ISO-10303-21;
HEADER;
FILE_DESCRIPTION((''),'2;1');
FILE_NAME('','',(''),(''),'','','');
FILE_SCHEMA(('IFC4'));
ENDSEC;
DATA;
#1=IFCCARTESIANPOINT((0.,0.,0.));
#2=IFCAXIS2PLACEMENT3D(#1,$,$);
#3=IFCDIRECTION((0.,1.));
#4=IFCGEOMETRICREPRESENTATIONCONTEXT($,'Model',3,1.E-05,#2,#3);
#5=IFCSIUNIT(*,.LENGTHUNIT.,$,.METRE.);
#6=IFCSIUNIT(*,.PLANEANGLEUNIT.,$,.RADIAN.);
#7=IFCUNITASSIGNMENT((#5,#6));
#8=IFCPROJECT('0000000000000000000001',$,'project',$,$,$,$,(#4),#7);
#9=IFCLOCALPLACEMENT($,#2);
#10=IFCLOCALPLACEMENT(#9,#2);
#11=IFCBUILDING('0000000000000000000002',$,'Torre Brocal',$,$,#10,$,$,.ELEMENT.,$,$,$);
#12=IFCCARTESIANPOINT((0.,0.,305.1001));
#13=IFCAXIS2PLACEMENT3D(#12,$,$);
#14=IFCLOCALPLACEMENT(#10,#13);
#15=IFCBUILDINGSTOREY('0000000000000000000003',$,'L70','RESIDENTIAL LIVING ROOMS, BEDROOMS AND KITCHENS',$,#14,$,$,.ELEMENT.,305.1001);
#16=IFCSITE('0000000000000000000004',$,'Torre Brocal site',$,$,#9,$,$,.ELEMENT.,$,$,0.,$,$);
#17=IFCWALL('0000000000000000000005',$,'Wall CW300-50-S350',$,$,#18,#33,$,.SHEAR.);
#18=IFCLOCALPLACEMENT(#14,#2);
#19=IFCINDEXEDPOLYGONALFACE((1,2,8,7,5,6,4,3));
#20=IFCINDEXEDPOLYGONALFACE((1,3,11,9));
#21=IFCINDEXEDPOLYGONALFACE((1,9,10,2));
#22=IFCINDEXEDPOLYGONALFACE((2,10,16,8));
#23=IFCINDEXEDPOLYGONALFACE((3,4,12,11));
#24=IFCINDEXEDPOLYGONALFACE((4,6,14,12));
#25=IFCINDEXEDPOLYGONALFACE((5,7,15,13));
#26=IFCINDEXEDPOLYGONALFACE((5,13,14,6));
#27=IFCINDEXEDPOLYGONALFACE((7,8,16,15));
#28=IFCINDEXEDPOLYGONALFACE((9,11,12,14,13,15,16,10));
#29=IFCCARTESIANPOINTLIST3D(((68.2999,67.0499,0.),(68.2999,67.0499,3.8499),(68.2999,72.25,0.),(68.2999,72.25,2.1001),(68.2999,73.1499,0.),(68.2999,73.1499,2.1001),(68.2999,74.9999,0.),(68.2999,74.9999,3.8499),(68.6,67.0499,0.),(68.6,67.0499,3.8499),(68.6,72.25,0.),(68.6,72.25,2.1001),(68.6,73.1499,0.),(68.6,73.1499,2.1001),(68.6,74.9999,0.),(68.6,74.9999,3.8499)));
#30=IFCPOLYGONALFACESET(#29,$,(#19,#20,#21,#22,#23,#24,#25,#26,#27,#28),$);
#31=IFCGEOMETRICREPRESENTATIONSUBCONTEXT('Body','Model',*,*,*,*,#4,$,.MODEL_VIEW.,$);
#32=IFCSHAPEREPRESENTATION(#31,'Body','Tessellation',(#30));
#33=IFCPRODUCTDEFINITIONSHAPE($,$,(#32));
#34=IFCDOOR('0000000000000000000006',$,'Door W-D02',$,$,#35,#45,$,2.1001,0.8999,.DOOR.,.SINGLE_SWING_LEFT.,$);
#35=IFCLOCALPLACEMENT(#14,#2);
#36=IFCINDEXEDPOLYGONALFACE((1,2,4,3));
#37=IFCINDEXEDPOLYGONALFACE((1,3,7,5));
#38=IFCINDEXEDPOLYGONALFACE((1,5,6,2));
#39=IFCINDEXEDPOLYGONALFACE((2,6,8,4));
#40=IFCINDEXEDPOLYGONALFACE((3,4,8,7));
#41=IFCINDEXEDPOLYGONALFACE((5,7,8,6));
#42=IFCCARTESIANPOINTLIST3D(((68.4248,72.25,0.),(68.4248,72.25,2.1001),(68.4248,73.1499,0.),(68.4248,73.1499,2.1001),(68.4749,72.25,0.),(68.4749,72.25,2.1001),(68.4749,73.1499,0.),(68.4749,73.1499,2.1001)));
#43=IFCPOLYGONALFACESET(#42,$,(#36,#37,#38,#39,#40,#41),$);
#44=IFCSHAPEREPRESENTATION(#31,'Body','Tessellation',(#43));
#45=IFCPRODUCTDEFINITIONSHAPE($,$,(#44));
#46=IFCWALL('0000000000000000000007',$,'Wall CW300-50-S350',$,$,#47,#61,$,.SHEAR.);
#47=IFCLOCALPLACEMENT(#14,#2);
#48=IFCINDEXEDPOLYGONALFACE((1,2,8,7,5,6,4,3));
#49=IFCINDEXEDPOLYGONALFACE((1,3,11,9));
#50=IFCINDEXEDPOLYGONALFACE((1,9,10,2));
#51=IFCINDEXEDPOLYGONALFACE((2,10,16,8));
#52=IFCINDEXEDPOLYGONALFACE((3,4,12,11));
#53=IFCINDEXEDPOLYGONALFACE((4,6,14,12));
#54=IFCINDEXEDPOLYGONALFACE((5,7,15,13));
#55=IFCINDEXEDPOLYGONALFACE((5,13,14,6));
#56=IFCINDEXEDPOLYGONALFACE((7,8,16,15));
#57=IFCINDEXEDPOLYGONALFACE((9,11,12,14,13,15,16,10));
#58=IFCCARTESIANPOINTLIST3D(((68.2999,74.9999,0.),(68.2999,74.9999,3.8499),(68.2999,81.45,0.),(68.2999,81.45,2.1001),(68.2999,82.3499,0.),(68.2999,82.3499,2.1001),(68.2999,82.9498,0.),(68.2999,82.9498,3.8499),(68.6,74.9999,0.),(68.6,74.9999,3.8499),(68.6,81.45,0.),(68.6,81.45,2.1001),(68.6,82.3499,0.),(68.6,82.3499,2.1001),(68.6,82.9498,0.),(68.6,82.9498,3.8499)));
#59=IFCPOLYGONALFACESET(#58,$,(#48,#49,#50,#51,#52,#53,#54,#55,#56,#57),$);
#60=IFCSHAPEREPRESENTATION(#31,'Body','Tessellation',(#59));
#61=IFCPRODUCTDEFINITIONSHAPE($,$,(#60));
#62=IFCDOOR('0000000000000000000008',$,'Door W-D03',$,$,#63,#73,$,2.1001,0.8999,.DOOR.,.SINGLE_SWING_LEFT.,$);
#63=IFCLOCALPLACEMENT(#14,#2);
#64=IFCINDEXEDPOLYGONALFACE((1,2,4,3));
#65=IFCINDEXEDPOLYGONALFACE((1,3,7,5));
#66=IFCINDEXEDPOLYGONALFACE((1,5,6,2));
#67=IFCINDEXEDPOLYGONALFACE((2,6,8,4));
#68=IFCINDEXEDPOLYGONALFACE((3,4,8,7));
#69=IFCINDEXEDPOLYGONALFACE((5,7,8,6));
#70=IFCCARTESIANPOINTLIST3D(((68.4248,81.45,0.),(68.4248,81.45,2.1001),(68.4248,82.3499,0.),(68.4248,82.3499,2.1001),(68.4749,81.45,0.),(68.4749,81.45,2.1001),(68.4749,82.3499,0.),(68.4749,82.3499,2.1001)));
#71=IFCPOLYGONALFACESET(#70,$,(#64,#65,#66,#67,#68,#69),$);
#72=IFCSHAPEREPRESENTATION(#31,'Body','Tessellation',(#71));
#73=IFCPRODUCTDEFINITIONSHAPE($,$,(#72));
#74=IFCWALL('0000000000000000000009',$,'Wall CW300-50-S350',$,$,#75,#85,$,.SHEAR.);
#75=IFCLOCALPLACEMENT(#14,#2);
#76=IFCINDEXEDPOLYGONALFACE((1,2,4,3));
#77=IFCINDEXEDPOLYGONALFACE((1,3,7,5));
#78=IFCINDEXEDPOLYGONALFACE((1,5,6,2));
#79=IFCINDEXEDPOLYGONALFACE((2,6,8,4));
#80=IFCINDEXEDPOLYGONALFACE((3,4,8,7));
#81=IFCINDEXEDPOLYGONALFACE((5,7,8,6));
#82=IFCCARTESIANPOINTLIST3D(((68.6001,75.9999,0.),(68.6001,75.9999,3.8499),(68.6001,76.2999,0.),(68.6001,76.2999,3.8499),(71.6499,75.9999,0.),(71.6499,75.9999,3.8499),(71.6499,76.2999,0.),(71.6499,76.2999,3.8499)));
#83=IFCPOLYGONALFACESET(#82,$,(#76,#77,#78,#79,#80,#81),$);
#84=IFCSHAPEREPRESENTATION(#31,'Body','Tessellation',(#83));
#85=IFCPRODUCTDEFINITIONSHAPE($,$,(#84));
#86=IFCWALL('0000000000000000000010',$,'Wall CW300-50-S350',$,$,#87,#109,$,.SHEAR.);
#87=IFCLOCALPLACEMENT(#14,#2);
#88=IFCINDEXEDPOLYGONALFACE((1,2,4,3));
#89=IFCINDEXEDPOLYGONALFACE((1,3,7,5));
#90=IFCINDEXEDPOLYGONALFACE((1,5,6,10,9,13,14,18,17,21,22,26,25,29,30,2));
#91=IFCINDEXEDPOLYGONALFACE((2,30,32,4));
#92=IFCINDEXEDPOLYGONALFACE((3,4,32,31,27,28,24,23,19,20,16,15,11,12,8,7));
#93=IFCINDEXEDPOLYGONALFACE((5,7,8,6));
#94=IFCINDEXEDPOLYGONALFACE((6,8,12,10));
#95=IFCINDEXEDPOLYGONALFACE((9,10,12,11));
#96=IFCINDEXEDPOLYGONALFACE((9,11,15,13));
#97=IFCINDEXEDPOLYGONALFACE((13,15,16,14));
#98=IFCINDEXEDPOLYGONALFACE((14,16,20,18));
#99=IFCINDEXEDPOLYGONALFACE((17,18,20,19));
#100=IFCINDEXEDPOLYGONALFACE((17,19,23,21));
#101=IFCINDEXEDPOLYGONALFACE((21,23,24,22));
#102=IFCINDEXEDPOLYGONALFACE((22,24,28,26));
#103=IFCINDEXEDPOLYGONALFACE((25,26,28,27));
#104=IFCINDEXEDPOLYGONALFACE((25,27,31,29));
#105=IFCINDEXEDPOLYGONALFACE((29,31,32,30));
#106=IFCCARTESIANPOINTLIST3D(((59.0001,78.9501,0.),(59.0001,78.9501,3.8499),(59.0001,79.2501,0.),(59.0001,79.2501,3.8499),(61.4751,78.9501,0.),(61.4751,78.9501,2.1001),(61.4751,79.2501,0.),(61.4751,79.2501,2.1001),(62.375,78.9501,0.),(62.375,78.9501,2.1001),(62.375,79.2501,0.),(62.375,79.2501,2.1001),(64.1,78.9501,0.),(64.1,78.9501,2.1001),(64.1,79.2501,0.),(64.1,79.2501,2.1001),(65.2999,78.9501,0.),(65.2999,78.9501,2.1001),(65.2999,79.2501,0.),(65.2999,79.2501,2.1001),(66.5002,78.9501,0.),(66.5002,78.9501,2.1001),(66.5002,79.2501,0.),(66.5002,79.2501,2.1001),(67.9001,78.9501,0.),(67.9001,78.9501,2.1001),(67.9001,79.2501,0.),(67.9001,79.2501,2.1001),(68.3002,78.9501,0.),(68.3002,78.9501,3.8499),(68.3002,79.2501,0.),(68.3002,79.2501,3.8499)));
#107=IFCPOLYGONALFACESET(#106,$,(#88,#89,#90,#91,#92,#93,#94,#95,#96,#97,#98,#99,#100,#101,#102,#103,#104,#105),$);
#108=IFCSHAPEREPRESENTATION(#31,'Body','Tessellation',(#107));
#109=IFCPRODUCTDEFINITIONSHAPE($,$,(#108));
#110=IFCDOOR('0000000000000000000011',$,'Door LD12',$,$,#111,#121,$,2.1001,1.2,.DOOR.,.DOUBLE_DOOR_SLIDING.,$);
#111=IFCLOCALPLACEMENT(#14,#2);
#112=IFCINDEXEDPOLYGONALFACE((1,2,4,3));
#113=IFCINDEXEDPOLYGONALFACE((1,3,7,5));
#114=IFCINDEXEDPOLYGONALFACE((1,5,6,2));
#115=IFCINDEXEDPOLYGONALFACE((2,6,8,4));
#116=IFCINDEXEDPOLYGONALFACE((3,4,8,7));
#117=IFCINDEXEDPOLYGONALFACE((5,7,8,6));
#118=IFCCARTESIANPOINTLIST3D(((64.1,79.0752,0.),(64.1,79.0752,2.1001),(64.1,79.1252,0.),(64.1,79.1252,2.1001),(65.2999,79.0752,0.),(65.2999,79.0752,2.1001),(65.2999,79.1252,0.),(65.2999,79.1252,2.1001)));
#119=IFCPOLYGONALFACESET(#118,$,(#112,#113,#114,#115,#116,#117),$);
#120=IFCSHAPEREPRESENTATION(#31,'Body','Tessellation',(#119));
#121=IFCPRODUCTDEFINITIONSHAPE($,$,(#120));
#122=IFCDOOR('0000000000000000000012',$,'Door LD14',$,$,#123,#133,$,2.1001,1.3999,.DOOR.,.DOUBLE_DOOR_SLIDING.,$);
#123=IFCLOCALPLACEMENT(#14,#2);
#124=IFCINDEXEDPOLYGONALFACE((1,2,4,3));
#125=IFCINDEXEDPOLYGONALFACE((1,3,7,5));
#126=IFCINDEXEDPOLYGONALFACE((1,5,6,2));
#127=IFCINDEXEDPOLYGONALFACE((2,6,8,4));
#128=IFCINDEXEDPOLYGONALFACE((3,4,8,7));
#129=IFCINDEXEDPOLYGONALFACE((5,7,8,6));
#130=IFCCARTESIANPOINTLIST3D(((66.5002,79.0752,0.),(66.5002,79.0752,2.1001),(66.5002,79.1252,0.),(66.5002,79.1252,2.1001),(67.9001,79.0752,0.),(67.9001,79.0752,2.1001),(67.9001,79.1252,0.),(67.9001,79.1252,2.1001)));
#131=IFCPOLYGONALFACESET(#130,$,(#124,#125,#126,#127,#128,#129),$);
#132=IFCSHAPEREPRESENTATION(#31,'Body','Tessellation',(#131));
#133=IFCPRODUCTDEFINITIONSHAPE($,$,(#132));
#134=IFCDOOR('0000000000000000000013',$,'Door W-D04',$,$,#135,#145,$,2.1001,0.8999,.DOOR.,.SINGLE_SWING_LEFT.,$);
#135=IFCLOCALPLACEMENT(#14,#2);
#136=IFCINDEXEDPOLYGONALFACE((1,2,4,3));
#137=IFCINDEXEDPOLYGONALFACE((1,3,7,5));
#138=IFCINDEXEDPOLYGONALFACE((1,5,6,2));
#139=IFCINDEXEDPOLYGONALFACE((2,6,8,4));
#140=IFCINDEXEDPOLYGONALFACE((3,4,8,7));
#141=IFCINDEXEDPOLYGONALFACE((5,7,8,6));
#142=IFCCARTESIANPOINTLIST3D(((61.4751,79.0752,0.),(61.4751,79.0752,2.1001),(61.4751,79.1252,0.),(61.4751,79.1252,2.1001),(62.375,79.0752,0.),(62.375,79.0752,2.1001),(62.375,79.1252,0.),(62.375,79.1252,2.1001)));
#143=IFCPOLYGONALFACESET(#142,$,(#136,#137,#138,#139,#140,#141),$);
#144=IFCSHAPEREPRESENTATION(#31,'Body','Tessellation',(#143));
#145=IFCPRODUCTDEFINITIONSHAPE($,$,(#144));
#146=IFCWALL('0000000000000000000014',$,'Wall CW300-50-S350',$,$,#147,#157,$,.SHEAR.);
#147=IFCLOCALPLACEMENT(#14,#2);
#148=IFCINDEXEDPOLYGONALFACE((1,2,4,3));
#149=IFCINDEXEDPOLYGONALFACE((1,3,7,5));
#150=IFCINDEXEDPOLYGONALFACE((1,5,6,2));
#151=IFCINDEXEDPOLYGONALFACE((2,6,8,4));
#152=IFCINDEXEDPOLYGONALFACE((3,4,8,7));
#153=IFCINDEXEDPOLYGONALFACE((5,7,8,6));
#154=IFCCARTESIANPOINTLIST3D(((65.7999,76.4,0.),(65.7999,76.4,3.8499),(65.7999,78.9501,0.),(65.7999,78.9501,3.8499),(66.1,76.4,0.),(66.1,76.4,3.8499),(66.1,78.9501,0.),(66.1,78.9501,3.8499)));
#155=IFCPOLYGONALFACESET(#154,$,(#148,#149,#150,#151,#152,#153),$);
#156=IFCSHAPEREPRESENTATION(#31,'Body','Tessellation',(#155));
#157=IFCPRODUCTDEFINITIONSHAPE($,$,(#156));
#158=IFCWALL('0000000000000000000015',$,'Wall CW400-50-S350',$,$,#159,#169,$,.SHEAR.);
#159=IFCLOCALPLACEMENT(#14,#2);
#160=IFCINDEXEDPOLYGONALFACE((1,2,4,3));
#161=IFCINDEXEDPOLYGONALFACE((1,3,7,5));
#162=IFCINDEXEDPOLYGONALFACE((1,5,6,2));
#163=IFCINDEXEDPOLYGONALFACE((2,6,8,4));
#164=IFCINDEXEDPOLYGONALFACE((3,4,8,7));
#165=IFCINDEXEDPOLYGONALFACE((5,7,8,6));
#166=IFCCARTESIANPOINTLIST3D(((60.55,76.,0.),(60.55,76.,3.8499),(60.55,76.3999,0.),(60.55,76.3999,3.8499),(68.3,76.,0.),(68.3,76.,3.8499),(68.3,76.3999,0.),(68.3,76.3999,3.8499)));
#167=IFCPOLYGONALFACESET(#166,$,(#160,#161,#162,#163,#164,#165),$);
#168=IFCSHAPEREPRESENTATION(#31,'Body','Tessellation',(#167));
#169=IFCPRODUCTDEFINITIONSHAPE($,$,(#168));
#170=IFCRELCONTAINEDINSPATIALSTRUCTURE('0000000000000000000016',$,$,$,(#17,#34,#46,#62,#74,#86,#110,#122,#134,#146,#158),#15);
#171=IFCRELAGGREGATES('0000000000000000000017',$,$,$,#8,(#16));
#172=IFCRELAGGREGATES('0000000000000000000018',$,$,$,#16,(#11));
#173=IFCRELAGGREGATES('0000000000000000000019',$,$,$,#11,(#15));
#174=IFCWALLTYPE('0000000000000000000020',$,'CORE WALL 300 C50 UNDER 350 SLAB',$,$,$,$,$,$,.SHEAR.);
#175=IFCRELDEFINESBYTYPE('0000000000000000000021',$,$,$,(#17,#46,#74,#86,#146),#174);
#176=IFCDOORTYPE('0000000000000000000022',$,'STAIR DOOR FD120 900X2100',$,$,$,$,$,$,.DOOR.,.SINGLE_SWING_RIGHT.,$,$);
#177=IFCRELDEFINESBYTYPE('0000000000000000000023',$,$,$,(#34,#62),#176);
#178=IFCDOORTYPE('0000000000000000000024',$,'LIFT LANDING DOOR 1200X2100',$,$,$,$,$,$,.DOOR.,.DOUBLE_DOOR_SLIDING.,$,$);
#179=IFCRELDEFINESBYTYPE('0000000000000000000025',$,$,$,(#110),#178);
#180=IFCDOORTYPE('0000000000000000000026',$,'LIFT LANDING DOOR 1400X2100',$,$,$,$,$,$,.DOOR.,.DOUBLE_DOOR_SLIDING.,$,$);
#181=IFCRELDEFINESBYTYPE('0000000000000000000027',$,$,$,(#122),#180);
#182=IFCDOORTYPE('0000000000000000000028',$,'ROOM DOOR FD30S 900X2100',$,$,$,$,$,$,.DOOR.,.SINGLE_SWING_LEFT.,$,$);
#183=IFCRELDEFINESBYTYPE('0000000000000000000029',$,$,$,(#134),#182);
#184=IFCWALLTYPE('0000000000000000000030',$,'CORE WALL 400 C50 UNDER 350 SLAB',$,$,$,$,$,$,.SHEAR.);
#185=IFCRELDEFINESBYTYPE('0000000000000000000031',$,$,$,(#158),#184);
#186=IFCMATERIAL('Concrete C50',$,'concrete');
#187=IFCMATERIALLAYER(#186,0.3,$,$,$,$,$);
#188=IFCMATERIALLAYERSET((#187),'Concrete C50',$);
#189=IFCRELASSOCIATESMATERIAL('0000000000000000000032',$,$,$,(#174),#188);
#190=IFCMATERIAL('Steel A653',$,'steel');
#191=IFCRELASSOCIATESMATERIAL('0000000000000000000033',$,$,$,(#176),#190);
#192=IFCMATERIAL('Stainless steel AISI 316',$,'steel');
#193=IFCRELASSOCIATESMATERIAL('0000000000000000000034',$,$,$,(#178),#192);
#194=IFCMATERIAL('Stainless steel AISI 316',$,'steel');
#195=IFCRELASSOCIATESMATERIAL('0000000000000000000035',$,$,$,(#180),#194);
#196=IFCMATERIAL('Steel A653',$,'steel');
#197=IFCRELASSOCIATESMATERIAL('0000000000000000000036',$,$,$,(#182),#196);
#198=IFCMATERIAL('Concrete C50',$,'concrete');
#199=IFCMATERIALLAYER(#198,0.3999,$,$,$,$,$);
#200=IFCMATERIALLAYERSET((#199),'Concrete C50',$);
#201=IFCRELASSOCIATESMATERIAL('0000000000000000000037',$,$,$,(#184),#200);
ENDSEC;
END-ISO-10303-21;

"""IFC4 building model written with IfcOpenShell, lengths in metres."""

from ifc_helpers import new_model, si_unit, direction, frame, frame_2d, origin, place, context, subcontext, project, spatial, rectangle, extrude, material, layer, layer_set, type_object, element, fill, save


model = new_model("IFC4")

# Units and contexts
model_context = context("Model", 3, precision=1e-05, world=origin(), true_north=direction((0.0, 1.0)))
body_context = subcontext(model_context, "Body", "Model", "MODEL_VIEW")
ifc_project = project(units=[si_unit("LENGTHUNIT", "METRE"), si_unit("PLANEANGLEUNIT", "RADIAN")], contexts=[model_context])

# Site, building, storey
site_placement = place(None, origin())
site = spatial("IfcSite", under=ifc_project, at=site_placement, Name="Torre Brocal site", CompositionType="ELEMENT", RefElevation=0.0)
building_placement = place(site_placement, origin())
building = spatial("IfcBuilding", under=site, at=building_placement, Name="Torre Brocal", CompositionType="ELEMENT")
storey_placement = place(building_placement, frame((0.0, 0.0, 305.1001)))
storey = spatial("IfcBuildingStorey", under=building, at=storey_placement, Name="L70", Description="RESIDENTIAL LIVING ROOMS, BEDROOMS AND KITCHENS", CompositionType="ELEMENT", Elevation=305.1001)

# Walls, openings, doors
ifc_material_1 = material(Name="Concrete C50", Category="concrete")
ifc_layer_1 = layer(ifc_material_1, 0.3)
ifc_layer_set_1 = layer_set([ifc_layer_1], Name="Concrete C50")
wall_type_1 = type_object("IfcWallType", Name="CORE WALL 300 C50 UNDER 350 SLAB", PredefinedType="SHEAR", material=ifc_layer_set_1)
wall_1_placement = place(storey_placement, frame((68.45, 75.0, 0.0), z_axis=(0.0, 0.0, 1.0), x_axis=(0.0, -1.0, 0.0)))
wall_1 = element("IfcWall", 1, at=wall_1_placement, inside=storey, type_object=wall_type_1, Name="Wall CW300-50-S350", PredefinedType="SHEAR", context=body_context, shape_type="SweptSolid", body=[
    extrude(rectangle(XDim=7.95, YDim=0.3, at=frame_2d((3.9751, 0.0))), origin(), (0.0, 0.0, 1.0), 3.8499),
])
opening_1_placement = place(wall_1_placement, frame((1.8501, 0.0, 0.0)))
opening_1 = element("IfcOpeningElement", 2, at=opening_1_placement, cuts=wall_1, PredefinedType="OPENING", context=body_context, shape_type="SweptSolid", body=[
    extrude(rectangle(XDim=0.8999, YDim=2.1001, at=frame_2d((0.45, 1.05))), frame((0.0, 0.1599, 0.0), z_axis=(0.0, -1.0, 0.0), x_axis=(1.0, 0.0, 0.0)), (0.0, 0.0, 1.0), 0.3201),
])
ifc_material_2 = material(Name="Steel A653", Category="steel")
door_type_1 = type_object("IfcDoorType", Name="STAIR DOOR FD120 900X2100", OperationType="SINGLE_SWING_RIGHT", PredefinedType="DOOR", material=ifc_material_2)
door_1_placement = place(opening_1_placement, origin())
door_1 = element("IfcDoor", 3, at=door_1_placement, inside=storey, type_object=door_type_1, Name="Door W-D02", OperationType="SINGLE_SWING_LEFT", OverallHeight=2.1001, OverallWidth=0.8999, PredefinedType="DOOR", context=body_context, shape_type="SweptSolid", body=[
    extrude(rectangle(XDim=0.8999, YDim=2.1001, at=frame_2d((0.45, 1.05))), frame((0.0, 0.0249, 0.0), z_axis=(0.0, -1.0, 0.0), x_axis=(1.0, 0.0, 0.0)), (0.0, 0.0, 1.0), 0.05),
])
fill(opening_1, door_1)
wall_2_placement = place(storey_placement, frame((68.45, 82.95, 0.0), z_axis=(0.0, 0.0, 1.0), x_axis=(0.0, -1.0, 0.0)))
wall_2 = element("IfcWall", 4, at=wall_2_placement, inside=storey, type_object=wall_type_1, Name="Wall CW300-50-S350", PredefinedType="SHEAR", context=body_context, shape_type="SweptSolid", body=[
    extrude(rectangle(XDim=7.95, YDim=0.3, at=frame_2d((3.9751, 0.0))), origin(), (0.0, 0.0, 1.0), 3.8499),
])
opening_2_placement = place(wall_2_placement, frame((0.6001, 0.0, 0.0)))
opening_2 = element("IfcOpeningElement", 5, at=opening_2_placement, cuts=wall_2, PredefinedType="OPENING", context=body_context, shape_type="SweptSolid", body=[
    extrude(rectangle(XDim=0.8999, YDim=2.1001, at=frame_2d((0.45, 1.05))), frame((0.0, 0.1599, 0.0), z_axis=(0.0, -1.0, 0.0), x_axis=(1.0, 0.0, 0.0)), (0.0, 0.0, 1.0), 0.3201),
])
door_2_placement = place(opening_2_placement, origin())
door_2 = element("IfcDoor", 6, at=door_2_placement, inside=storey, type_object=door_type_1, Name="Door W-D03", OperationType="SINGLE_SWING_LEFT", OverallHeight=2.1001, OverallWidth=0.8999, PredefinedType="DOOR", context=body_context, shape_type="SweptSolid", body=[
    extrude(rectangle(XDim=0.8999, YDim=2.1001, at=frame_2d((0.45, 1.05))), frame((0.0, 0.0249, 0.0), z_axis=(0.0, -1.0, 0.0), x_axis=(1.0, 0.0, 0.0)), (0.0, 0.0, 1.0), 0.05),
])
fill(opening_2, door_2)

# Wall
wall_3_placement = place(storey_placement, frame((71.6499, 76.1499, 0.0), z_axis=(0.0, 0.0, 1.0), x_axis=(-1.0, 0.0, 0.0)))
element("IfcWall", 7, at=wall_3_placement, inside=storey, type_object=wall_type_1, Name="Wall CW300-50-S350", PredefinedType="SHEAR", context=body_context, shape_type="SweptSolid", body=[
    extrude(rectangle(XDim=3.0498, YDim=0.3, at=frame_2d((1.5249, 0.0))), origin(), (0.0, 0.0, 1.0), 3.8499),
])

# Wall, openings, doors
wall_4_placement = place(storey_placement, frame((68.3, 79.1001, 0.0), z_axis=(0.0, 0.0, 1.0), x_axis=(-1.0, 0.0, 0.0)))
wall_4 = element("IfcWall", 8, at=wall_4_placement, inside=storey, type_object=wall_type_1, Name="Wall CW300-50-S350", PredefinedType="SHEAR", context=body_context, shape_type="SweptSolid", body=[
    extrude(rectangle(XDim=9.3, YDim=0.3, at=frame_2d((4.6499, 0.0))), origin(), (0.0, 0.0, 1.0), 3.8499),
])
opening_3_placement = place(wall_4_placement, frame((0.3999, 0.0, 0.0)))
opening_3 = element("IfcOpeningElement", 9, at=opening_3_placement, cuts=wall_4, PredefinedType="OPENING", context=body_context, shape_type="SweptSolid", body=[
    extrude(rectangle(XDim=1.3999, YDim=2.1001, at=frame_2d((0.7, 1.05))), frame((0.0, 0.1599, 0.0), z_axis=(0.0, -1.0, 0.0), x_axis=(1.0, 0.0, 0.0)), (0.0, 0.0, 1.0), 0.3201),
])
opening_4_placement = place(wall_4_placement, frame((3.0, 0.0, 0.0)))
opening_4 = element("IfcOpeningElement", 10, at=opening_4_placement, cuts=wall_4, PredefinedType="OPENING", context=body_context, shape_type="SweptSolid", body=[
    extrude(rectangle(XDim=1.2, YDim=2.1001, at=frame_2d((0.6001, 1.05))), frame((0.0, 0.1599, 0.0), z_axis=(0.0, -1.0, 0.0), x_axis=(1.0, 0.0, 0.0)), (0.0, 0.0, 1.0), 0.3201),
])
opening_5_placement = place(wall_4_placement, frame((5.925, 0.0, 0.0)))
opening_5 = element("IfcOpeningElement", 11, at=opening_5_placement, cuts=wall_4, PredefinedType="OPENING", context=body_context, shape_type="SweptSolid", body=[
    extrude(rectangle(XDim=0.8999, YDim=2.1001, at=frame_2d((0.45, 1.05))), frame((0.0, 0.1599, 0.0), z_axis=(0.0, -1.0, 0.0), x_axis=(1.0, 0.0, 0.0)), (0.0, 0.0, 1.0), 0.3201),
])
ifc_material_3 = material(Name="Stainless steel AISI 316", Category="steel")
door_type_2 = type_object("IfcDoorType", Name="LIFT LANDING DOOR 1200X2100", OperationType="DOUBLE_DOOR_SLIDING", PredefinedType="DOOR", material=ifc_material_3)
door_3_placement = place(opening_4_placement, origin())
door_3 = element("IfcDoor", 12, at=door_3_placement, inside=storey, type_object=door_type_2, Name="Door LD12", OperationType="DOUBLE_DOOR_SLIDING", OverallHeight=2.1001, OverallWidth=1.2, PredefinedType="DOOR", context=body_context, shape_type="SweptSolid", body=[
    extrude(rectangle(XDim=1.2, YDim=2.1001, at=frame_2d((0.6001, 1.05))), frame((0.0, 0.0249, 0.0), z_axis=(0.0, -1.0, 0.0), x_axis=(1.0, 0.0, 0.0)), (0.0, 0.0, 1.0), 0.05),
])
fill(opening_4, door_3)
ifc_material_4 = material(Name="Stainless steel AISI 316", Category="steel")
door_type_3 = type_object("IfcDoorType", Name="LIFT LANDING DOOR 1400X2100", OperationType="DOUBLE_DOOR_SLIDING", PredefinedType="DOOR", material=ifc_material_4)
door_4_placement = place(opening_3_placement, origin())
door_4 = element("IfcDoor", 13, at=door_4_placement, inside=storey, type_object=door_type_3, Name="Door LD14", OperationType="DOUBLE_DOOR_SLIDING", OverallHeight=2.1001, OverallWidth=1.3999, PredefinedType="DOOR", context=body_context, shape_type="SweptSolid", body=[
    extrude(rectangle(XDim=1.3999, YDim=2.1001, at=frame_2d((0.7, 1.05))), frame((0.0, 0.0249, 0.0), z_axis=(0.0, -1.0, 0.0), x_axis=(1.0, 0.0, 0.0)), (0.0, 0.0, 1.0), 0.05),
])
fill(opening_3, door_4)
ifc_material_5 = material(Name="Steel A653", Category="steel")
door_type_4 = type_object("IfcDoorType", Name="ROOM DOOR FD30S 900X2100", OperationType="SINGLE_SWING_LEFT", PredefinedType="DOOR", material=ifc_material_5)
door_5_placement = place(opening_5_placement, origin())
door_5 = element("IfcDoor", 14, at=door_5_placement, inside=storey, type_object=door_type_4, Name="Door W-D04", OperationType="SINGLE_SWING_LEFT", OverallHeight=2.1001, OverallWidth=0.8999, PredefinedType="DOOR", context=body_context, shape_type="SweptSolid", body=[
    extrude(rectangle(XDim=0.8999, YDim=2.1001, at=frame_2d((0.45, 1.05))), frame((0.0, 0.0249, 0.0), z_axis=(0.0, -1.0, 0.0), x_axis=(1.0, 0.0, 0.0)), (0.0, 0.0, 1.0), 0.05),
])
fill(opening_5, door_5)

# Walls
wall_5_placement = place(storey_placement, frame((65.95, 78.95, 0.0), z_axis=(0.0, 0.0, 1.0), x_axis=(0.0, -1.0, 0.0)))
element("IfcWall", 15, at=wall_5_placement, inside=storey, type_object=wall_type_1, Name="Wall CW300-50-S350", PredefinedType="SHEAR", context=body_context, shape_type="SweptSolid", body=[
    extrude(rectangle(XDim=2.55, YDim=0.3, at=frame_2d((1.2749, 0.0))), origin(), (0.0, 0.0, 1.0), 3.8499),
])
ifc_material_6 = material(Name="Concrete C50", Category="concrete")
ifc_layer_2 = layer(ifc_material_6, 0.3999)
ifc_layer_set_2 = layer_set([ifc_layer_2], Name="Concrete C50")
wall_type_2 = type_object("IfcWallType", Name="CORE WALL 400 C50 UNDER 350 SLAB", PredefinedType="SHEAR", material=ifc_layer_set_2)
wall_6_placement = place(storey_placement, frame((68.3, 76.2, 0.0), z_axis=(0.0, 0.0, 1.0), x_axis=(-1.0, 0.0, 0.0)))
element("IfcWall", 16, at=wall_6_placement, inside=storey, type_object=wall_type_2, Name="Wall CW400-50-S350", PredefinedType="SHEAR", context=body_context, shape_type="SweptSolid", body=[
    extrude(rectangle(XDim=7.75, YDim=0.3999, at=frame_2d((3.875, 0.0))), origin(), (0.0, 0.0, 1.0), 3.8499),
])

save(model, "model.ifc")
